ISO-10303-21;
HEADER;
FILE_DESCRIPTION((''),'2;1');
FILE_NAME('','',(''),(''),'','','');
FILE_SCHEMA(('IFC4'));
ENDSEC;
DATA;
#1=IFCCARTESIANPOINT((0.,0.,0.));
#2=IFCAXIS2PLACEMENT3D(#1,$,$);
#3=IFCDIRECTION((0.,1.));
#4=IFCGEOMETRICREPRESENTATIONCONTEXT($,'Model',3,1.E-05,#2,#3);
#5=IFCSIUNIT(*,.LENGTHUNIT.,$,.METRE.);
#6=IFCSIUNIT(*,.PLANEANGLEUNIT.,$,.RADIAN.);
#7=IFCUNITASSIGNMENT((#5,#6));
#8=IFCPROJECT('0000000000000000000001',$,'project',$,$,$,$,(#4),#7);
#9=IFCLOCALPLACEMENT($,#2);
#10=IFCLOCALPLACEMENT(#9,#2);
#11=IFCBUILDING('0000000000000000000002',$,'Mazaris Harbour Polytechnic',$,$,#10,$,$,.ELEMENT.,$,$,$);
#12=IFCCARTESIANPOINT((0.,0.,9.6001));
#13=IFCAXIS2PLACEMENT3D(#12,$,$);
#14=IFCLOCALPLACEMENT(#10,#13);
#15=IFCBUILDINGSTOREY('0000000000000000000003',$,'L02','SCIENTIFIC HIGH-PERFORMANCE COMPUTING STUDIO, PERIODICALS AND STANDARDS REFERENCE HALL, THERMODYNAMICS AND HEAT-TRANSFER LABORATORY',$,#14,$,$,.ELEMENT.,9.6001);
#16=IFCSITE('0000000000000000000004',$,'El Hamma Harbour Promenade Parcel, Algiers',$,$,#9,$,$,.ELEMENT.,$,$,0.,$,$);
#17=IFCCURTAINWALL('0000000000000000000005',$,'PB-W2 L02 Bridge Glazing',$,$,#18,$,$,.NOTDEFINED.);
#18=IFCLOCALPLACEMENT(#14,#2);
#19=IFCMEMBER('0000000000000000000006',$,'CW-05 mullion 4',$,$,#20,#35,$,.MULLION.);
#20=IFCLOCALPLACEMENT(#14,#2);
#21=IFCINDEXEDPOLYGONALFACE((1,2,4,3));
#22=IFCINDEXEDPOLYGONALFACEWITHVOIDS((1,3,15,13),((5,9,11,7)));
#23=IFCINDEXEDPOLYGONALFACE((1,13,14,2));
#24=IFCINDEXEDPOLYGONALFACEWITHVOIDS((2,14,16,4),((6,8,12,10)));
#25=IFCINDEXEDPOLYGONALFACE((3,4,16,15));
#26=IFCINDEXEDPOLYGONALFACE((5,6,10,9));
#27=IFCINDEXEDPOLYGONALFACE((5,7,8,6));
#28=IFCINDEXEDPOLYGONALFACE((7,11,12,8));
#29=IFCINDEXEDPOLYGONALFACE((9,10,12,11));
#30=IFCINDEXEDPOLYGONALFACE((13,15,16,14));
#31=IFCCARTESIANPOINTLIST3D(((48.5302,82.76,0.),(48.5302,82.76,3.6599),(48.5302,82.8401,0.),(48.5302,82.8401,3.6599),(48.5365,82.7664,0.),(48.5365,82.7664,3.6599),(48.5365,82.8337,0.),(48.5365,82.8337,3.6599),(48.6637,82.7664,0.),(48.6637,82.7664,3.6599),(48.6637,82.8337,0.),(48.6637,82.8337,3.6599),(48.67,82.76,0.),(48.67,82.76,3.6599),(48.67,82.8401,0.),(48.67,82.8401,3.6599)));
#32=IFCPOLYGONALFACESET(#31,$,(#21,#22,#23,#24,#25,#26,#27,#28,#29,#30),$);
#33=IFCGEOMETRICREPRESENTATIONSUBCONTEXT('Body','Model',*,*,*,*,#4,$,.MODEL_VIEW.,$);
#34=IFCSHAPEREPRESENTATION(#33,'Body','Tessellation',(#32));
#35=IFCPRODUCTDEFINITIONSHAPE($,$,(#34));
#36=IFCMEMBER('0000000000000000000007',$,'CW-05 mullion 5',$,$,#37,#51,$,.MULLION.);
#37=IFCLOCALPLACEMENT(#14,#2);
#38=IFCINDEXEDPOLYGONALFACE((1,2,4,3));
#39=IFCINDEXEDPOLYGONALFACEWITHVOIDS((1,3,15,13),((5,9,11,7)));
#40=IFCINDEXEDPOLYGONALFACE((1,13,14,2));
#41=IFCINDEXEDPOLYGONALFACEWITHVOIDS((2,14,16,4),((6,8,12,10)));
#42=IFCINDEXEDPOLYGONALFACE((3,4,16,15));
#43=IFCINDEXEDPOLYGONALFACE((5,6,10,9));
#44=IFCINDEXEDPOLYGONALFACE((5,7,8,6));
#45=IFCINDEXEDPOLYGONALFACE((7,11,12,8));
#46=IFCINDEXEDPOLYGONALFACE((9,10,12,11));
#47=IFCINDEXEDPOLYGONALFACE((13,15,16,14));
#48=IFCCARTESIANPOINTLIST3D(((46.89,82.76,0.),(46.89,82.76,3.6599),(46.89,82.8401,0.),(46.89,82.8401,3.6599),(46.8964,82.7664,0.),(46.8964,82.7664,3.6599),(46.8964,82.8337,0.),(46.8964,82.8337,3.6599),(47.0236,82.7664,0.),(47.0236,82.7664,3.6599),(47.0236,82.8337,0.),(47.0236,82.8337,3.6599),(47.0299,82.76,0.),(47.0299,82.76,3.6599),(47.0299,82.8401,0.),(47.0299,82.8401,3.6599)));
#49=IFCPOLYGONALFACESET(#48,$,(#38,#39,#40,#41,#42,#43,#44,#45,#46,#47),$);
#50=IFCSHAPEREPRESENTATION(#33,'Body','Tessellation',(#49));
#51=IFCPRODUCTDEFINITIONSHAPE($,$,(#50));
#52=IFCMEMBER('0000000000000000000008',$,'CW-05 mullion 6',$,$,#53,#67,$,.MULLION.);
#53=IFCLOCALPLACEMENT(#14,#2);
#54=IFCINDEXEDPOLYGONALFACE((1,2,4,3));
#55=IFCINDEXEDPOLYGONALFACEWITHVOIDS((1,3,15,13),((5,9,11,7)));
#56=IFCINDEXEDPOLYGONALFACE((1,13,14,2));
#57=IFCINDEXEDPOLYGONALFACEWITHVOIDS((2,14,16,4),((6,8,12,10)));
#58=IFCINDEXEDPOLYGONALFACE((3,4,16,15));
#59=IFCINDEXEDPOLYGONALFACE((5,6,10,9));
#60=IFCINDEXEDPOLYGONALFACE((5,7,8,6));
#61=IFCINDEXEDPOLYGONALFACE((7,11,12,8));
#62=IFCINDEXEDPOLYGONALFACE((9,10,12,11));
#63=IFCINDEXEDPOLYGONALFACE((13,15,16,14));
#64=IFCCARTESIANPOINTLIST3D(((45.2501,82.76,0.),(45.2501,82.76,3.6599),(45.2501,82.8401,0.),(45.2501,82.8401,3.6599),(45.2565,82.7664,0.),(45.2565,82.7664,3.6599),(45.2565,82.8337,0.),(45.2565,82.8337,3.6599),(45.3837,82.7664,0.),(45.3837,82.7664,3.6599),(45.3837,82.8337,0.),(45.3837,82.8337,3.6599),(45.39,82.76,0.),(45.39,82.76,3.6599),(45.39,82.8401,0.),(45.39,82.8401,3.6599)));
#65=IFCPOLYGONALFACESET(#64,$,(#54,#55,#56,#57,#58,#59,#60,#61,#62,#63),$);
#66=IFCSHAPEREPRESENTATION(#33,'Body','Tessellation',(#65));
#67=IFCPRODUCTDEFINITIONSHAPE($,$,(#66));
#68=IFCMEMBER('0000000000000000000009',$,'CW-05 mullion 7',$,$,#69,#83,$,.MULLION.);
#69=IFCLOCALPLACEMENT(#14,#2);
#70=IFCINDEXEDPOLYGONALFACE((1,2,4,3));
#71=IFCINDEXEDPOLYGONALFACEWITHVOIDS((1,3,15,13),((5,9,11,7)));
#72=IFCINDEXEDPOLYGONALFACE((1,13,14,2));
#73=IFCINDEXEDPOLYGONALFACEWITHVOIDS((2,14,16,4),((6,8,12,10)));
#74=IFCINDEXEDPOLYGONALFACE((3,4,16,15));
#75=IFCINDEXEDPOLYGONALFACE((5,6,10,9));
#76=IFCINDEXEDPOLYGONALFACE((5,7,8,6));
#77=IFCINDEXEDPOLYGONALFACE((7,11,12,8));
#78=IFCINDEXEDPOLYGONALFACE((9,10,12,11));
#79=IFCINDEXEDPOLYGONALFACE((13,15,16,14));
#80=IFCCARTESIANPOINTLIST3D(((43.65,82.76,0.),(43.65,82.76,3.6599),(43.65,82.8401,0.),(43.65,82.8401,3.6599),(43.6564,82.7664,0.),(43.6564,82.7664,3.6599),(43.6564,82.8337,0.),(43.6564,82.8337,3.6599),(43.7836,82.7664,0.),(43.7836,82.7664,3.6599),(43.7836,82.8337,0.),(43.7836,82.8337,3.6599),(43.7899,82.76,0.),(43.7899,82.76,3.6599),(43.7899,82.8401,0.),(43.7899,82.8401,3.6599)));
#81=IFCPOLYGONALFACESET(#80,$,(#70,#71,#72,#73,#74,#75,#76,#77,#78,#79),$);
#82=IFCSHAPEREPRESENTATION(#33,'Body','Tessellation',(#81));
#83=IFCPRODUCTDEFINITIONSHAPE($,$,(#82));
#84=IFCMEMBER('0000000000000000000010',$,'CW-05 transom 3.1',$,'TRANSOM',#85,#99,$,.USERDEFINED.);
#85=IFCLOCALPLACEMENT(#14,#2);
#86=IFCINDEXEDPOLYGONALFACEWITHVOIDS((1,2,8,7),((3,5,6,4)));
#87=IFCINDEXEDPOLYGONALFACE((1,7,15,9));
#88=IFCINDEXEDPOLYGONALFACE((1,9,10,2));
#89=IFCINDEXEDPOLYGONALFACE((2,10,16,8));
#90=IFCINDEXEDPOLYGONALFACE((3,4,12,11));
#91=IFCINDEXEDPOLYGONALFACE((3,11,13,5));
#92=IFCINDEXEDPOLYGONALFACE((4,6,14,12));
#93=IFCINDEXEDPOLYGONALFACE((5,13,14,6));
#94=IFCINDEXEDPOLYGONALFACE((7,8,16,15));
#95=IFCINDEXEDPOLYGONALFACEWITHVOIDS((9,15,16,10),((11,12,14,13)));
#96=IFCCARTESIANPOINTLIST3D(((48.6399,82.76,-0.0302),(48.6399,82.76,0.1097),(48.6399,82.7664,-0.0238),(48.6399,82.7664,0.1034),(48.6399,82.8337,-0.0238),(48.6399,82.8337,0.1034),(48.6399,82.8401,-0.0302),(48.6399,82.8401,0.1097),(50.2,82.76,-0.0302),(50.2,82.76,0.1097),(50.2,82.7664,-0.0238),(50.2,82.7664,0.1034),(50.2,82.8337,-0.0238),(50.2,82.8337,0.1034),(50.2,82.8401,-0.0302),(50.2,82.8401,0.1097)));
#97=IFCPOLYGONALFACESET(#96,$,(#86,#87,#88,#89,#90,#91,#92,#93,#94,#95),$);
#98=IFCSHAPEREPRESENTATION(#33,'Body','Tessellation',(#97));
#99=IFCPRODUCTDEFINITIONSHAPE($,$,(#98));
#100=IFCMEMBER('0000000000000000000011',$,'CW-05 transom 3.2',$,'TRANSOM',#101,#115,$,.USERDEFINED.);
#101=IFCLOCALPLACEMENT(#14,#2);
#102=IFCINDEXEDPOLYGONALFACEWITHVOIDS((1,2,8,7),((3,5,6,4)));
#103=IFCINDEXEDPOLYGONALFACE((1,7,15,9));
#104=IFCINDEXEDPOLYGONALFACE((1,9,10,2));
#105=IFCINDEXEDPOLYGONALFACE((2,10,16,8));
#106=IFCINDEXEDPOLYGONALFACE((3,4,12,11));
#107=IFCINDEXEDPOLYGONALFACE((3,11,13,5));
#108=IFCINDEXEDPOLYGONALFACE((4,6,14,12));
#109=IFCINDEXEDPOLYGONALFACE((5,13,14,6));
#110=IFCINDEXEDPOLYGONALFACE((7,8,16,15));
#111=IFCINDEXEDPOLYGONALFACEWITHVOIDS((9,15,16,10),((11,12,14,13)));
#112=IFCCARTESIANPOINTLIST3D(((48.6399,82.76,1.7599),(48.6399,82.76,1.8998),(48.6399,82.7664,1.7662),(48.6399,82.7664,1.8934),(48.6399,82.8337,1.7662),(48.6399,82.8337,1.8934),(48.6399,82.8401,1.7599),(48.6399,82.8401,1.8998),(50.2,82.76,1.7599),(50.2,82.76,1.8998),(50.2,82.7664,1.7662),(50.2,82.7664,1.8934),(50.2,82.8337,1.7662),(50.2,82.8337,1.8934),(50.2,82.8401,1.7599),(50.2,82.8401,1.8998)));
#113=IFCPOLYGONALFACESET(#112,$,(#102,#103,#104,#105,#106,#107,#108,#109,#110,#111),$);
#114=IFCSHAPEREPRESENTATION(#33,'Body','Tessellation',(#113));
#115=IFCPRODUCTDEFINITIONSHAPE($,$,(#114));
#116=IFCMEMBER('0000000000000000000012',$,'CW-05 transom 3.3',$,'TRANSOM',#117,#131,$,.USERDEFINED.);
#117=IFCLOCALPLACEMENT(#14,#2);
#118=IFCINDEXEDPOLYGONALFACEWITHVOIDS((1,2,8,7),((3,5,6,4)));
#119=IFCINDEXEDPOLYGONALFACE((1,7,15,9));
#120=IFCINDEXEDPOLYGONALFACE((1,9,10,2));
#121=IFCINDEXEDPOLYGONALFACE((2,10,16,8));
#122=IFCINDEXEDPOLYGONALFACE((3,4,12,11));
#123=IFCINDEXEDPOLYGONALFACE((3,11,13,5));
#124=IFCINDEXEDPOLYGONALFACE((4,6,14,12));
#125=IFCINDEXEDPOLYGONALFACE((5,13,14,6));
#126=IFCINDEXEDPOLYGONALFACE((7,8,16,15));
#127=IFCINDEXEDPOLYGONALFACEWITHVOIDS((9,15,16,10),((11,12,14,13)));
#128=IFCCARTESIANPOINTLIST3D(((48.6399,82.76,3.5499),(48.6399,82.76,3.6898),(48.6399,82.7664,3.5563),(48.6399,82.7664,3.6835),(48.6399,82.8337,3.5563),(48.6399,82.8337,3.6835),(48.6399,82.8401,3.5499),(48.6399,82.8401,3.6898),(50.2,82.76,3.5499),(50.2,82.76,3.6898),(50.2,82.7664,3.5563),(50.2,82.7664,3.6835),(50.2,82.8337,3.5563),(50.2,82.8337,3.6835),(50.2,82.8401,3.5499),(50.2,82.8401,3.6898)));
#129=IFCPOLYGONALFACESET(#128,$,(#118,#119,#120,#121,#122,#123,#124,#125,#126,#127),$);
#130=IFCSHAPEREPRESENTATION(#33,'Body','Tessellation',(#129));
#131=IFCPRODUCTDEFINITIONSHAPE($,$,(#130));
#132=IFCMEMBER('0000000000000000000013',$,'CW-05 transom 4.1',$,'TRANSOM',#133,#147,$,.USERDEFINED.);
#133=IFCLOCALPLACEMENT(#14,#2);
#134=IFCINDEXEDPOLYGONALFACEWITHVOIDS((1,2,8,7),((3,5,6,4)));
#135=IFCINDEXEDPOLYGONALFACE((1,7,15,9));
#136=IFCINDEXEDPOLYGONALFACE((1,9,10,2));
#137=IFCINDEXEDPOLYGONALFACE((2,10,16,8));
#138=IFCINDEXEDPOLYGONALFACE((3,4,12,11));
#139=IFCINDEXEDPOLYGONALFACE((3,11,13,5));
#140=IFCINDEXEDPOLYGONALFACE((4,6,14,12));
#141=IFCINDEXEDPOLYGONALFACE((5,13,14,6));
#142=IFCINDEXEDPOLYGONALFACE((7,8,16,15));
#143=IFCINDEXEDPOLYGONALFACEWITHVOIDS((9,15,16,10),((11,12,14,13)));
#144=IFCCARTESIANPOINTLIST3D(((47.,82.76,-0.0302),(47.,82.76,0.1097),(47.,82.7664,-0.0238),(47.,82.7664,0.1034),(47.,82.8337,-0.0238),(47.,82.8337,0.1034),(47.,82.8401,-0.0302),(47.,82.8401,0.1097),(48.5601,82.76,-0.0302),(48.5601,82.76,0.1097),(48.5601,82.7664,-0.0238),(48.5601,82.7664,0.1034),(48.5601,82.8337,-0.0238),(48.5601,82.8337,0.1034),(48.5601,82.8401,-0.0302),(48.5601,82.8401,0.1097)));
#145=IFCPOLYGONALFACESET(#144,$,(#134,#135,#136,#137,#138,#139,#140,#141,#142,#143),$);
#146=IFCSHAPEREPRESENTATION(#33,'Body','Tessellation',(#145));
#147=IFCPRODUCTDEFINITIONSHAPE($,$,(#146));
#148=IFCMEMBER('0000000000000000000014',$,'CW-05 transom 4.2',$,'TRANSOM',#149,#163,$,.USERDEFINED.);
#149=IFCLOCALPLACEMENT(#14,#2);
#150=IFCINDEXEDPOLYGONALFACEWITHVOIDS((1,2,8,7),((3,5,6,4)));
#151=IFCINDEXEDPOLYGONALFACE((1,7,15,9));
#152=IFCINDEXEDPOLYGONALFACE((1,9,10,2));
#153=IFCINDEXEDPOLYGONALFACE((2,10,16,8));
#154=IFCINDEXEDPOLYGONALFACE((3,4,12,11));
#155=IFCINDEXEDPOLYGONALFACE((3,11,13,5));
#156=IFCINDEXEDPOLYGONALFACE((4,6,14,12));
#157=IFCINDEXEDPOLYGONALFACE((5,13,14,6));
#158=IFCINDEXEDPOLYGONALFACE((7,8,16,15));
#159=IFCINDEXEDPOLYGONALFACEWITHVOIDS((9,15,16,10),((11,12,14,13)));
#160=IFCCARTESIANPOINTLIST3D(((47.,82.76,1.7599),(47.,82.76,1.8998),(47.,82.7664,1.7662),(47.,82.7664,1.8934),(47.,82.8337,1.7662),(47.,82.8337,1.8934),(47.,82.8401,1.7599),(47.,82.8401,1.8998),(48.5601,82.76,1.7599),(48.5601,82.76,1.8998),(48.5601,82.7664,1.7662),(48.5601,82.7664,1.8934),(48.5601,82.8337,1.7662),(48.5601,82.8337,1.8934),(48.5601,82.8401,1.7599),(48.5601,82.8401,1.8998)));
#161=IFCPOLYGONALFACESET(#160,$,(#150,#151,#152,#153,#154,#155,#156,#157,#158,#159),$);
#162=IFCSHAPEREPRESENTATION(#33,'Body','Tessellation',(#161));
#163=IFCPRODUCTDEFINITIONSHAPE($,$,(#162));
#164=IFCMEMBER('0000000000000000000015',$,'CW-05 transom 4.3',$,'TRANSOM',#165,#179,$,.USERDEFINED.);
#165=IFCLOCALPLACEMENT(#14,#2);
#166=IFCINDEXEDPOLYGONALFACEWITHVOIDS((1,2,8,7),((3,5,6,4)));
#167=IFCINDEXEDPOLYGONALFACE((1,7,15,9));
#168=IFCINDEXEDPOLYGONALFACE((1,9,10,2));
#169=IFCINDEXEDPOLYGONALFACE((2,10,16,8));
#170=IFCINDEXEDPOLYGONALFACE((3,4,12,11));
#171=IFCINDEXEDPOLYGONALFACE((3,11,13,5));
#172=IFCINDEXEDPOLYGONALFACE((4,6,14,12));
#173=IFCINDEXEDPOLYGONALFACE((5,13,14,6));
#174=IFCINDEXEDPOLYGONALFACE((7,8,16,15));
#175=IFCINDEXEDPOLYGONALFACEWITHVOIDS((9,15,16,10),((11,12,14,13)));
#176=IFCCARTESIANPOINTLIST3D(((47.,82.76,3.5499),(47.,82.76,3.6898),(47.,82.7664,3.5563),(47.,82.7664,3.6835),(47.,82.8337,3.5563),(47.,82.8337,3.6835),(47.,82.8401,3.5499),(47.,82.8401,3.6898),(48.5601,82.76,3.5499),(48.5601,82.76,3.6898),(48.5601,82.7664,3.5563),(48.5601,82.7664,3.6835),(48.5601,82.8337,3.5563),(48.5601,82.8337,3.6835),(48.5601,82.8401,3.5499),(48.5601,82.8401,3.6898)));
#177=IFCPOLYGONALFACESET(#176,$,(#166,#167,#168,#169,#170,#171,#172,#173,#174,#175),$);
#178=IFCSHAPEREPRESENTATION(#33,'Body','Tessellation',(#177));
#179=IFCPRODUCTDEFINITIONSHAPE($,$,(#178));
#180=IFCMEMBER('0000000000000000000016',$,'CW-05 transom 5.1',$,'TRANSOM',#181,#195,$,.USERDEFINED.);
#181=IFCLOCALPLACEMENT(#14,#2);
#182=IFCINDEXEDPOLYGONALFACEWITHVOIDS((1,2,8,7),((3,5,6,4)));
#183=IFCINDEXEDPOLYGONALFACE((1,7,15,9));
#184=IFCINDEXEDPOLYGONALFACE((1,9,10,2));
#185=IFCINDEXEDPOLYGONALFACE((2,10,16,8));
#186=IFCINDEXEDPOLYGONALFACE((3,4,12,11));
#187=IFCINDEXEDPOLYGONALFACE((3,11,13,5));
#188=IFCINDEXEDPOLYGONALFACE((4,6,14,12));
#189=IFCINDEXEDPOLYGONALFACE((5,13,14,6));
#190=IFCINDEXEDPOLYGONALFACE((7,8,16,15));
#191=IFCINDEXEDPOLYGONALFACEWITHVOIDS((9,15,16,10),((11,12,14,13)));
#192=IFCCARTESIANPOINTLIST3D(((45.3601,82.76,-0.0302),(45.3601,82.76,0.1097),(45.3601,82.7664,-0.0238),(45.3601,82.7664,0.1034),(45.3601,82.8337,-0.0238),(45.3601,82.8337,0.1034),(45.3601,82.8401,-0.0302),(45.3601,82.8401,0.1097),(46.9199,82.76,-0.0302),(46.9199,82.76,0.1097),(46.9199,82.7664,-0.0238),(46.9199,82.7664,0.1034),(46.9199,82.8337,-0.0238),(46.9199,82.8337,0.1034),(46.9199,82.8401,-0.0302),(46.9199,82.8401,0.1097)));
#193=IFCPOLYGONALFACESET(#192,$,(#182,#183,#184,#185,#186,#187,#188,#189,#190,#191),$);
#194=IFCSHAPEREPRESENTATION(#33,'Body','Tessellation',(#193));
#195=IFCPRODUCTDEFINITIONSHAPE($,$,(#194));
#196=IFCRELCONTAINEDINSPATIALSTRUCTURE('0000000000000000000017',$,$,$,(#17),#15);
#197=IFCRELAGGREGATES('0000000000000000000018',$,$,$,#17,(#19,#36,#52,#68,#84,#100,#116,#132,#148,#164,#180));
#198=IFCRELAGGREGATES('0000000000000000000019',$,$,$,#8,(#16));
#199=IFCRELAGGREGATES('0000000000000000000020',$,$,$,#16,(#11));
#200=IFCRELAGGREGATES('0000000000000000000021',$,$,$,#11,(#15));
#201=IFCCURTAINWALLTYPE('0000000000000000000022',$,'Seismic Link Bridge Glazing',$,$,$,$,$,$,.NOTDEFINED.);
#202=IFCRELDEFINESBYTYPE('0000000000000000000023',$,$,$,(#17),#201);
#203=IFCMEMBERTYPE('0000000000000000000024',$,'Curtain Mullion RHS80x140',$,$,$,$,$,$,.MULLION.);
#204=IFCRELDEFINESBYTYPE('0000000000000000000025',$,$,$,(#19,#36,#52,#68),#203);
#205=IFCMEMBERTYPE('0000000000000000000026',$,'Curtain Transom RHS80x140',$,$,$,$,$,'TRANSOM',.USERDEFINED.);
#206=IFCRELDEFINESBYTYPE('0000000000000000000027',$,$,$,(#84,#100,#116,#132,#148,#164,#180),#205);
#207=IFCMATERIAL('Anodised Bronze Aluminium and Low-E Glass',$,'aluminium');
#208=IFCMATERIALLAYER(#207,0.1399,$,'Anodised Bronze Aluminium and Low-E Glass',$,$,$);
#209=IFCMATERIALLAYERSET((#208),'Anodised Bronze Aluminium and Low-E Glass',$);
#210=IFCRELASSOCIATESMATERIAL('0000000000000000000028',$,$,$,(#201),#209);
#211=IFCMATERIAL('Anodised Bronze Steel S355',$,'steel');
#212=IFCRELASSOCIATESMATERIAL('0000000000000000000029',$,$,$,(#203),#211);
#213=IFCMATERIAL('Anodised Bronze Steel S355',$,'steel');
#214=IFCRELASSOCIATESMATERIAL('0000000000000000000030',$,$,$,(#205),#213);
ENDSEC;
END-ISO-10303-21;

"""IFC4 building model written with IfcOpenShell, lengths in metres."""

from ifc_helpers import new_model, si_unit, direction, frame, origin, origin_2d, place, context, subcontext, project, spatial, hollow_rectangle, extrude, material, layer, layer_set, material_profile, profile_set, type_object, element, aggregate, save


model = new_model("IFC4")

# Units and contexts
model_context = context("Model", 3, precision=1e-05, world=origin(), true_north=direction((0.0, 1.0)))
body_context = subcontext(model_context, "Body", "Model", "MODEL_VIEW")
ifc_project = project(units=[si_unit("LENGTHUNIT", "METRE"), si_unit("PLANEANGLEUNIT", "RADIAN")], contexts=[model_context])

# Site, building, storey
site_placement = place(None, origin())
site = spatial("IfcSite", under=ifc_project, at=site_placement, Name="El Hamma Harbour Promenade Parcel, Algiers", CompositionType="ELEMENT", RefElevation=0.0)
building_placement = place(site_placement, origin())
building = spatial("IfcBuilding", under=site, at=building_placement, Name="Mazaris Harbour Polytechnic", CompositionType="ELEMENT")
storey_placement = place(building_placement, frame((0.0, 0.0, 9.6001)))
storey = spatial("IfcBuildingStorey", under=building, at=storey_placement, Name="L02", Description="SCIENTIFIC HIGH-PERFORMANCE COMPUTING STUDIO, PERIODICALS AND STANDARDS REFERENCE HALL, THERMODYNAMICS AND HEAT-TRANSFER LABORATORY", CompositionType="ELEMENT", Elevation=9.6001)

# Curtain wall, members
ifc_material_1 = material(Name="Anodised Bronze Aluminium and Low-E Glass", Category="aluminium")
ifc_layer_1 = layer(ifc_material_1, 0.1399, Name="Anodised Bronze Aluminium and Low-E Glass")
ifc_layer_set_1 = layer_set([ifc_layer_1], Name="Anodised Bronze Aluminium and Low-E Glass")
curtain_wall_type = type_object("IfcCurtainWallType", Name="Seismic Link Bridge Glazing", PredefinedType="NOTDEFINED", material=ifc_layer_set_1)
curtain_wall_placement = place(storey_placement, origin())
curtain_wall = element("IfcCurtainWall", 1, at=curtain_wall_placement, inside=storey, type_object=curtain_wall_type, Name="PB-W2 L02 Bridge Glazing", PredefinedType="NOTDEFINED")
ifc_material_2 = material(Name="Anodised Bronze Steel S355", Category="steel")
ifc_material_profile_1 = material_profile(ifc_material_2, hollow_rectangle(XDim=0.0801, YDim=0.1399, WallThickness=0.0063, at=origin_2d()), Name="RHS 80x140x6.3")
ifc_profile_set_1 = profile_set([ifc_material_profile_1], Name="Anodised Bronze Steel S355")
member_type_1 = type_object("IfcMemberType", Name="Curtain Mullion RHS80x140", PredefinedType="MULLION", material=ifc_profile_set_1)
member_1_placement = place(storey_placement, frame((48.6001, 82.8, 0.0), z_axis=(0.0, 0.0, 1.0), x_axis=(0.0, -1.0, 0.0)))
member_1 = element("IfcMember", 2, at=member_1_placement, type_object=member_type_1, Name="CW-05 mullion 4", PredefinedType="MULLION", context=body_context, shape_type="SweptSolid", body=[
    extrude(hollow_rectangle(XDim=0.0801, YDim=0.1399, WallThickness=0.0063, at=origin_2d()), origin(), (0.0, 0.0, 1.0), 3.6599),
])
member_2_placement = place(storey_placement, frame((46.96, 82.8, 0.0), z_axis=(0.0, 0.0, 1.0), x_axis=(0.0, -1.0, 0.0)))
member_2 = element("IfcMember", 3, at=member_2_placement, type_object=member_type_1, Name="CW-05 mullion 5", PredefinedType="MULLION", context=body_context, shape_type="SweptSolid", body=[
    extrude(hollow_rectangle(XDim=0.0801, YDim=0.1399, WallThickness=0.0063, at=origin_2d()), origin(), (0.0, 0.0, 1.0), 3.6599),
])
member_3_placement = place(storey_placement, frame((45.3201, 82.8, 0.0), z_axis=(0.0, 0.0, 1.0), x_axis=(0.0, -1.0, 0.0)))
member_3 = element("IfcMember", 4, at=member_3_placement, type_object=member_type_1, Name="CW-05 mullion 6", PredefinedType="MULLION", context=body_context, shape_type="SweptSolid", body=[
    extrude(hollow_rectangle(XDim=0.0801, YDim=0.1399, WallThickness=0.0063, at=origin_2d()), origin(), (0.0, 0.0, 1.0), 3.6599),
])
member_4_placement = place(storey_placement, frame((43.72, 82.8, 0.0), z_axis=(0.0, 0.0, 1.0), x_axis=(0.0, -1.0, 0.0)))
member_4 = element("IfcMember", 5, at=member_4_placement, type_object=member_type_1, Name="CW-05 mullion 7", PredefinedType="MULLION", context=body_context, shape_type="SweptSolid", body=[
    extrude(hollow_rectangle(XDim=0.0801, YDim=0.1399, WallThickness=0.0063, at=origin_2d()), origin(), (0.0, 0.0, 1.0), 3.6599),
])
ifc_material_3 = material(Name="Anodised Bronze Steel S355", Category="steel")
ifc_material_profile_2 = material_profile(ifc_material_3, hollow_rectangle(XDim=0.0801, YDim=0.1399, WallThickness=0.0063, at=origin_2d()), Name="RHS 80x140x6.3")
ifc_profile_set_2 = profile_set([ifc_material_profile_2], Name="Anodised Bronze Steel S355")
member_type_2 = type_object("IfcMemberType", Name="Curtain Transom RHS80x140", ElementType="TRANSOM", PredefinedType="USERDEFINED", material=ifc_profile_set_2)
member_5_placement = place(storey_placement, frame((50.2, 82.8, 0.0398), z_axis=(-1.0, 0.0, 0.0), x_axis=(0.0, -1.0, 0.0)))
member_5 = element("IfcMember", 6, at=member_5_placement, type_object=member_type_2, Name="CW-05 transom 3.1", ObjectType="TRANSOM", PredefinedType="USERDEFINED", context=body_context, shape_type="SweptSolid", body=[
    extrude(hollow_rectangle(XDim=0.0801, YDim=0.1399, WallThickness=0.0063, at=origin_2d()), origin(), (0.0, 0.0, 1.0), 1.5601),
])
member_6_placement = place(storey_placement, frame((50.2, 82.8, 1.8298), z_axis=(-1.0, 0.0, 0.0), x_axis=(0.0, -1.0, 0.0)))
member_6 = element("IfcMember", 7, at=member_6_placement, type_object=member_type_2, Name="CW-05 transom 3.2", ObjectType="TRANSOM", PredefinedType="USERDEFINED", context=body_context, shape_type="SweptSolid", body=[
    extrude(hollow_rectangle(XDim=0.0801, YDim=0.1399, WallThickness=0.0063, at=origin_2d()), origin(), (0.0, 0.0, 1.0), 1.5601),
])
member_7_placement = place(storey_placement, frame((50.2, 82.8, 3.6199), z_axis=(-1.0, 0.0, 0.0), x_axis=(0.0, -1.0, 0.0)))
member_7 = element("IfcMember", 8, at=member_7_placement, type_object=member_type_2, Name="CW-05 transom 3.3", ObjectType="TRANSOM", PredefinedType="USERDEFINED", context=body_context, shape_type="SweptSolid", body=[
    extrude(hollow_rectangle(XDim=0.0801, YDim=0.1399, WallThickness=0.0063, at=origin_2d()), origin(), (0.0, 0.0, 1.0), 1.5601),
])
member_8_placement = place(storey_placement, frame((48.5601, 82.8, 0.0398), z_axis=(-1.0, 0.0, 0.0), x_axis=(0.0, -1.0, 0.0)))
member_8 = element("IfcMember", 9, at=member_8_placement, type_object=member_type_2, Name="CW-05 transom 4.1", ObjectType="TRANSOM", PredefinedType="USERDEFINED", context=body_context, shape_type="SweptSolid", body=[
    extrude(hollow_rectangle(XDim=0.0801, YDim=0.1399, WallThickness=0.0063, at=origin_2d()), origin(), (0.0, 0.0, 1.0), 1.5601),
])
member_9_placement = place(storey_placement, frame((48.5601, 82.8, 1.8298), z_axis=(-1.0, 0.0, 0.0), x_axis=(0.0, -1.0, 0.0)))
member_9 = element("IfcMember", 10, at=member_9_placement, type_object=member_type_2, Name="CW-05 transom 4.2", ObjectType="TRANSOM", PredefinedType="USERDEFINED", context=body_context, shape_type="SweptSolid", body=[
    extrude(hollow_rectangle(XDim=0.0801, YDim=0.1399, WallThickness=0.0063, at=origin_2d()), origin(), (0.0, 0.0, 1.0), 1.5601),
])
member_10_placement = place(storey_placement, frame((48.5601, 82.8, 3.6199), z_axis=(-1.0, 0.0, 0.0), x_axis=(0.0, -1.0, 0.0)))
member_10 = element("IfcMember", 11, at=member_10_placement, type_object=member_type_2, Name="CW-05 transom 4.3", ObjectType="TRANSOM", PredefinedType="USERDEFINED", context=body_context, shape_type="SweptSolid", body=[
    extrude(hollow_rectangle(XDim=0.0801, YDim=0.1399, WallThickness=0.0063, at=origin_2d()), origin(), (0.0, 0.0, 1.0), 1.5601),
])
member_11_placement = place(storey_placement, frame((46.9199, 82.8, 0.0398), z_axis=(-1.0, 0.0, 0.0), x_axis=(0.0, -1.0, 0.0)))
member_11 = element("IfcMember", 12, at=member_11_placement, type_object=member_type_2, Name="CW-05 transom 5.1", ObjectType="TRANSOM", PredefinedType="USERDEFINED", context=body_context, shape_type="SweptSolid", body=[
    extrude(hollow_rectangle(XDim=0.0801, YDim=0.1399, WallThickness=0.0063, at=origin_2d()), origin(), (0.0, 0.0, 1.0), 1.5598),
])

aggregate(curtain_wall, [member_1, member_2, member_3, member_4, member_5, member_6, member_7, member_8, member_9, member_10, member_11])

save(model, "model.ifc")
